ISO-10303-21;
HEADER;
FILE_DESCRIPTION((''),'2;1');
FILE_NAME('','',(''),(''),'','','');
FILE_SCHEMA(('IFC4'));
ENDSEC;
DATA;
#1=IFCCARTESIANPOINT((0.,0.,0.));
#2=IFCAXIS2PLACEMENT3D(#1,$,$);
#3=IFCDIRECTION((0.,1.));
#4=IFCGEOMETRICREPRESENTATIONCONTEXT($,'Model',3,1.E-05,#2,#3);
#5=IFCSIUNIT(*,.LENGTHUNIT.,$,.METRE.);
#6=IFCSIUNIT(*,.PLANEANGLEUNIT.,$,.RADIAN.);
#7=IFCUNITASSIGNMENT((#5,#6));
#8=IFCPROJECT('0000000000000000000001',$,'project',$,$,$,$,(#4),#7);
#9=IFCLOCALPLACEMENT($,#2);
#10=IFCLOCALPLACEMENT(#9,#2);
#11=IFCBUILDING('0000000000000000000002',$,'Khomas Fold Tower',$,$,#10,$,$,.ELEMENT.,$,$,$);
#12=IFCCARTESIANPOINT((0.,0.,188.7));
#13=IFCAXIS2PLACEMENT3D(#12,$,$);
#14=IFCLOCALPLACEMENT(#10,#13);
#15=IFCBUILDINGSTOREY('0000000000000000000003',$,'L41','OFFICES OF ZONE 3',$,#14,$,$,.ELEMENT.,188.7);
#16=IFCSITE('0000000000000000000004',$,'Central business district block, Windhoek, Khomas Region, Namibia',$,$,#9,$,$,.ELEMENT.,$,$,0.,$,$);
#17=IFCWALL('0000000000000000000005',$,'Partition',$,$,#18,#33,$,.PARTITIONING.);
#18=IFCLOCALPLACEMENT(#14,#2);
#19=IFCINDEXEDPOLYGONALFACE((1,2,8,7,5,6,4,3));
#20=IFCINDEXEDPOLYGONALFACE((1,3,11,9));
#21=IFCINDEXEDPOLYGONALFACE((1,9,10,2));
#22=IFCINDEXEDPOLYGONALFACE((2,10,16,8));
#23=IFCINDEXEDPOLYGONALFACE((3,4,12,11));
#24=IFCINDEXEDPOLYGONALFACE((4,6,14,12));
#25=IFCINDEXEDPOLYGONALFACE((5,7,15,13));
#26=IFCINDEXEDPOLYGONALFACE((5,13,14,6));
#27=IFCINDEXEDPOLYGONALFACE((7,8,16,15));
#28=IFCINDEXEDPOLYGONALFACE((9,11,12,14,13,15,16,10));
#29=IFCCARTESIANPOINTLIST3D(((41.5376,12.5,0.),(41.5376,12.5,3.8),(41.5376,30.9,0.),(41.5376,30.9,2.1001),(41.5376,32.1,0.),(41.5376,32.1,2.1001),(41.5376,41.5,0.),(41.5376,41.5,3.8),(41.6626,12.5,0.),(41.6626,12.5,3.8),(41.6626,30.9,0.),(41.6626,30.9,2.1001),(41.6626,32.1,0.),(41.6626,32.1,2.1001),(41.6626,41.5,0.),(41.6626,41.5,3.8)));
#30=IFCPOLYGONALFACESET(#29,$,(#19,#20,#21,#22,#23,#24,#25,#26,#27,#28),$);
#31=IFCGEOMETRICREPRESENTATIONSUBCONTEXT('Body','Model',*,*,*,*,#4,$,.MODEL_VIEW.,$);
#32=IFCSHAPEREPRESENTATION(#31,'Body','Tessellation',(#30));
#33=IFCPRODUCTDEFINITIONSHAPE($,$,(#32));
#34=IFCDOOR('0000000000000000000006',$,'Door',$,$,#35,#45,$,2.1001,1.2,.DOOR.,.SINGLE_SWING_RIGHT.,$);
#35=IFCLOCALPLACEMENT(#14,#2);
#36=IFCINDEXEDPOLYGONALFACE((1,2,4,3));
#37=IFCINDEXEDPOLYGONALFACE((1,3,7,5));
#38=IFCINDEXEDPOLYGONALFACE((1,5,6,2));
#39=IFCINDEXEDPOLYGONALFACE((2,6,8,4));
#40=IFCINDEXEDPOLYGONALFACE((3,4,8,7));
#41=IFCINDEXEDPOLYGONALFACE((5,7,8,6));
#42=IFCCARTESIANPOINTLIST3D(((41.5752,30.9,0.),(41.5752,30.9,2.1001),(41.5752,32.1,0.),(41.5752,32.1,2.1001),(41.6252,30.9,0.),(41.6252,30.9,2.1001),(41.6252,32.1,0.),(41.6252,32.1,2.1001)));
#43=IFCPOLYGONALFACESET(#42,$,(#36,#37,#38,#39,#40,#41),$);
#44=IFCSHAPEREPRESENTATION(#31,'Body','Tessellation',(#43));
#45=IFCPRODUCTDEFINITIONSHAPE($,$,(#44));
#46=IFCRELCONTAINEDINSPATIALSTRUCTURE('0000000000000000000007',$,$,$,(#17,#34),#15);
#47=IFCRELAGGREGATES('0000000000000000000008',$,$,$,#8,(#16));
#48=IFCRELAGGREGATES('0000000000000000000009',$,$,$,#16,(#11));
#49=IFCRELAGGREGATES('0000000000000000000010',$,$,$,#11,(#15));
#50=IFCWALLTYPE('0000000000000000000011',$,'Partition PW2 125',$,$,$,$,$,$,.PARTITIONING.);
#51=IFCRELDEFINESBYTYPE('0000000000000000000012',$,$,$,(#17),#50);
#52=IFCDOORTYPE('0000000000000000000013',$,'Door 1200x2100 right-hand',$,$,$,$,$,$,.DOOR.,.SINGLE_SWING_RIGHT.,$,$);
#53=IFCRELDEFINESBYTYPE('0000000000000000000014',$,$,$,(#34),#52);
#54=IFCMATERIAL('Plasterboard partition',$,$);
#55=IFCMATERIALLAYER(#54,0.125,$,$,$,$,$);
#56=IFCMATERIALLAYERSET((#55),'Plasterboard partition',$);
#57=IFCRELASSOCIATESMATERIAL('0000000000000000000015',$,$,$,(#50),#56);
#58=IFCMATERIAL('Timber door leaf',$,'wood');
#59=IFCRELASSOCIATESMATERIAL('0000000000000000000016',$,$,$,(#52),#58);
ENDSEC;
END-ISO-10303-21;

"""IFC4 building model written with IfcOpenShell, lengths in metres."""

from ifc_helpers import new_model, si_unit, direction, frame, frame_2d, origin, place, context, subcontext, project, spatial, rectangle, extrude, source, transform, mapped, material, layer, layer_set, type_object, element, fill, save


model = new_model("IFC4")

# Units and contexts
model_context = context("Model", 3, precision=1e-05, world=origin(), true_north=direction((0.0, 1.0)))
body_context = subcontext(model_context, "Body", "Model", "MODEL_VIEW")
ifc_project = project(units=[si_unit("LENGTHUNIT", "METRE"), si_unit("PLANEANGLEUNIT", "RADIAN")], contexts=[model_context])

# Site, building, storey
site_placement = place(None, origin())
site = spatial("IfcSite", under=ifc_project, at=site_placement, Name="Central business district block, Windhoek, Khomas Region, Namibia", CompositionType="ELEMENT", RefElevation=0.0)
building_placement = place(site_placement, origin())
building = spatial("IfcBuilding", under=site, at=building_placement, Name="Khomas Fold Tower", CompositionType="ELEMENT")
storey_placement = place(building_placement, frame((0.0, 0.0, 188.7)))
storey = spatial("IfcBuildingStorey", under=building, at=storey_placement, Name="L41", Description="OFFICES OF ZONE 3", CompositionType="ELEMENT", Elevation=188.7)

# Shared definitions
ifc_material_1 = material(Name="Plasterboard partition")
ifc_layer_1 = layer(ifc_material_1, 0.125)
ifc_layer_set_1 = layer_set([ifc_layer_1], Name="Plasterboard partition")
wall_type_1 = type_object("IfcWallType", Name="Partition PW2 125", PredefinedType="PARTITIONING", material=ifc_layer_set_1)

# Shared definitions
shared_shape_1 = source(origin(), body_context, "Body", "SweptSolid", [
    extrude(rectangle(XDim=1.2, YDim=2.1001, at=frame_2d((0.6001, 1.05))), frame((0.0, 0.0725, 0.0), z_axis=(0.0, -1.0, 0.0), x_axis=(1.0, 0.0, 0.0)), (0.0, 0.0, 1.0), 0.145),
])
ifc_material_2 = material(Name="Timber door leaf", Category="wood")
door_type_1 = type_object("IfcDoorType", Name="Door 1200x2100 right-hand", OperationType="SINGLE_SWING_RIGHT", PredefinedType="DOOR", material=ifc_material_2)
shared_shape_2 = source(origin(), body_context, "Body", "SweptSolid", [
    extrude(rectangle(XDim=1.2, YDim=2.1001, at=frame_2d((0.6001, 1.05))), frame((0.0, 0.0249, 0.0), z_axis=(0.0, -1.0, 0.0), x_axis=(1.0, 0.0, 0.0)), (0.0, 0.0, 1.0), 0.05),
])

# Wall, opening, door
shared_shape_3 = source(origin(), body_context, "Body", "SweptSolid", [
    extrude(rectangle(XDim=29.0, YDim=0.125, at=frame_2d((14.5, 0.0))), origin(), (0.0, 0.0, 1.0), 3.8),
])
wall_1_placement = place(storey_placement, frame((41.6001, 12.5, 0.0), z_axis=(0.0, 0.0, 1.0), x_axis=(0.0, 1.0, 0.0)))
wall_1 = element("IfcWall", 1, at=wall_1_placement, inside=storey, type_object=wall_type_1, Name="Partition", PredefinedType="PARTITIONING", context=body_context, shape_type="MappedRepresentation", body=[
    mapped(shared_shape_3, transform((0.0, 0.0, 0.0))),
])
opening_1_placement = place(wall_1_placement, frame((18.3999, 0.0, 0.0)))
opening_1 = element("IfcOpeningElement", 2, at=opening_1_placement, cuts=wall_1, PredefinedType="OPENING", context=body_context, shape_type="MappedRepresentation", body=[
    mapped(shared_shape_1, transform((0.0, 0.0, 0.0))),
])
door_1_placement = place(opening_1_placement, origin())
door_1 = element("IfcDoor", 3, at=door_1_placement, inside=storey, type_object=door_type_1, Name="Door", OperationType="SINGLE_SWING_RIGHT", OverallHeight=2.1001, OverallWidth=1.2, PredefinedType="DOOR", context=body_context, shape_type="MappedRepresentation", body=[
    mapped(shared_shape_2, transform((0.0, 0.0, 0.0))),
])
fill(opening_1, door_1)

save(model, "model.ifc")
